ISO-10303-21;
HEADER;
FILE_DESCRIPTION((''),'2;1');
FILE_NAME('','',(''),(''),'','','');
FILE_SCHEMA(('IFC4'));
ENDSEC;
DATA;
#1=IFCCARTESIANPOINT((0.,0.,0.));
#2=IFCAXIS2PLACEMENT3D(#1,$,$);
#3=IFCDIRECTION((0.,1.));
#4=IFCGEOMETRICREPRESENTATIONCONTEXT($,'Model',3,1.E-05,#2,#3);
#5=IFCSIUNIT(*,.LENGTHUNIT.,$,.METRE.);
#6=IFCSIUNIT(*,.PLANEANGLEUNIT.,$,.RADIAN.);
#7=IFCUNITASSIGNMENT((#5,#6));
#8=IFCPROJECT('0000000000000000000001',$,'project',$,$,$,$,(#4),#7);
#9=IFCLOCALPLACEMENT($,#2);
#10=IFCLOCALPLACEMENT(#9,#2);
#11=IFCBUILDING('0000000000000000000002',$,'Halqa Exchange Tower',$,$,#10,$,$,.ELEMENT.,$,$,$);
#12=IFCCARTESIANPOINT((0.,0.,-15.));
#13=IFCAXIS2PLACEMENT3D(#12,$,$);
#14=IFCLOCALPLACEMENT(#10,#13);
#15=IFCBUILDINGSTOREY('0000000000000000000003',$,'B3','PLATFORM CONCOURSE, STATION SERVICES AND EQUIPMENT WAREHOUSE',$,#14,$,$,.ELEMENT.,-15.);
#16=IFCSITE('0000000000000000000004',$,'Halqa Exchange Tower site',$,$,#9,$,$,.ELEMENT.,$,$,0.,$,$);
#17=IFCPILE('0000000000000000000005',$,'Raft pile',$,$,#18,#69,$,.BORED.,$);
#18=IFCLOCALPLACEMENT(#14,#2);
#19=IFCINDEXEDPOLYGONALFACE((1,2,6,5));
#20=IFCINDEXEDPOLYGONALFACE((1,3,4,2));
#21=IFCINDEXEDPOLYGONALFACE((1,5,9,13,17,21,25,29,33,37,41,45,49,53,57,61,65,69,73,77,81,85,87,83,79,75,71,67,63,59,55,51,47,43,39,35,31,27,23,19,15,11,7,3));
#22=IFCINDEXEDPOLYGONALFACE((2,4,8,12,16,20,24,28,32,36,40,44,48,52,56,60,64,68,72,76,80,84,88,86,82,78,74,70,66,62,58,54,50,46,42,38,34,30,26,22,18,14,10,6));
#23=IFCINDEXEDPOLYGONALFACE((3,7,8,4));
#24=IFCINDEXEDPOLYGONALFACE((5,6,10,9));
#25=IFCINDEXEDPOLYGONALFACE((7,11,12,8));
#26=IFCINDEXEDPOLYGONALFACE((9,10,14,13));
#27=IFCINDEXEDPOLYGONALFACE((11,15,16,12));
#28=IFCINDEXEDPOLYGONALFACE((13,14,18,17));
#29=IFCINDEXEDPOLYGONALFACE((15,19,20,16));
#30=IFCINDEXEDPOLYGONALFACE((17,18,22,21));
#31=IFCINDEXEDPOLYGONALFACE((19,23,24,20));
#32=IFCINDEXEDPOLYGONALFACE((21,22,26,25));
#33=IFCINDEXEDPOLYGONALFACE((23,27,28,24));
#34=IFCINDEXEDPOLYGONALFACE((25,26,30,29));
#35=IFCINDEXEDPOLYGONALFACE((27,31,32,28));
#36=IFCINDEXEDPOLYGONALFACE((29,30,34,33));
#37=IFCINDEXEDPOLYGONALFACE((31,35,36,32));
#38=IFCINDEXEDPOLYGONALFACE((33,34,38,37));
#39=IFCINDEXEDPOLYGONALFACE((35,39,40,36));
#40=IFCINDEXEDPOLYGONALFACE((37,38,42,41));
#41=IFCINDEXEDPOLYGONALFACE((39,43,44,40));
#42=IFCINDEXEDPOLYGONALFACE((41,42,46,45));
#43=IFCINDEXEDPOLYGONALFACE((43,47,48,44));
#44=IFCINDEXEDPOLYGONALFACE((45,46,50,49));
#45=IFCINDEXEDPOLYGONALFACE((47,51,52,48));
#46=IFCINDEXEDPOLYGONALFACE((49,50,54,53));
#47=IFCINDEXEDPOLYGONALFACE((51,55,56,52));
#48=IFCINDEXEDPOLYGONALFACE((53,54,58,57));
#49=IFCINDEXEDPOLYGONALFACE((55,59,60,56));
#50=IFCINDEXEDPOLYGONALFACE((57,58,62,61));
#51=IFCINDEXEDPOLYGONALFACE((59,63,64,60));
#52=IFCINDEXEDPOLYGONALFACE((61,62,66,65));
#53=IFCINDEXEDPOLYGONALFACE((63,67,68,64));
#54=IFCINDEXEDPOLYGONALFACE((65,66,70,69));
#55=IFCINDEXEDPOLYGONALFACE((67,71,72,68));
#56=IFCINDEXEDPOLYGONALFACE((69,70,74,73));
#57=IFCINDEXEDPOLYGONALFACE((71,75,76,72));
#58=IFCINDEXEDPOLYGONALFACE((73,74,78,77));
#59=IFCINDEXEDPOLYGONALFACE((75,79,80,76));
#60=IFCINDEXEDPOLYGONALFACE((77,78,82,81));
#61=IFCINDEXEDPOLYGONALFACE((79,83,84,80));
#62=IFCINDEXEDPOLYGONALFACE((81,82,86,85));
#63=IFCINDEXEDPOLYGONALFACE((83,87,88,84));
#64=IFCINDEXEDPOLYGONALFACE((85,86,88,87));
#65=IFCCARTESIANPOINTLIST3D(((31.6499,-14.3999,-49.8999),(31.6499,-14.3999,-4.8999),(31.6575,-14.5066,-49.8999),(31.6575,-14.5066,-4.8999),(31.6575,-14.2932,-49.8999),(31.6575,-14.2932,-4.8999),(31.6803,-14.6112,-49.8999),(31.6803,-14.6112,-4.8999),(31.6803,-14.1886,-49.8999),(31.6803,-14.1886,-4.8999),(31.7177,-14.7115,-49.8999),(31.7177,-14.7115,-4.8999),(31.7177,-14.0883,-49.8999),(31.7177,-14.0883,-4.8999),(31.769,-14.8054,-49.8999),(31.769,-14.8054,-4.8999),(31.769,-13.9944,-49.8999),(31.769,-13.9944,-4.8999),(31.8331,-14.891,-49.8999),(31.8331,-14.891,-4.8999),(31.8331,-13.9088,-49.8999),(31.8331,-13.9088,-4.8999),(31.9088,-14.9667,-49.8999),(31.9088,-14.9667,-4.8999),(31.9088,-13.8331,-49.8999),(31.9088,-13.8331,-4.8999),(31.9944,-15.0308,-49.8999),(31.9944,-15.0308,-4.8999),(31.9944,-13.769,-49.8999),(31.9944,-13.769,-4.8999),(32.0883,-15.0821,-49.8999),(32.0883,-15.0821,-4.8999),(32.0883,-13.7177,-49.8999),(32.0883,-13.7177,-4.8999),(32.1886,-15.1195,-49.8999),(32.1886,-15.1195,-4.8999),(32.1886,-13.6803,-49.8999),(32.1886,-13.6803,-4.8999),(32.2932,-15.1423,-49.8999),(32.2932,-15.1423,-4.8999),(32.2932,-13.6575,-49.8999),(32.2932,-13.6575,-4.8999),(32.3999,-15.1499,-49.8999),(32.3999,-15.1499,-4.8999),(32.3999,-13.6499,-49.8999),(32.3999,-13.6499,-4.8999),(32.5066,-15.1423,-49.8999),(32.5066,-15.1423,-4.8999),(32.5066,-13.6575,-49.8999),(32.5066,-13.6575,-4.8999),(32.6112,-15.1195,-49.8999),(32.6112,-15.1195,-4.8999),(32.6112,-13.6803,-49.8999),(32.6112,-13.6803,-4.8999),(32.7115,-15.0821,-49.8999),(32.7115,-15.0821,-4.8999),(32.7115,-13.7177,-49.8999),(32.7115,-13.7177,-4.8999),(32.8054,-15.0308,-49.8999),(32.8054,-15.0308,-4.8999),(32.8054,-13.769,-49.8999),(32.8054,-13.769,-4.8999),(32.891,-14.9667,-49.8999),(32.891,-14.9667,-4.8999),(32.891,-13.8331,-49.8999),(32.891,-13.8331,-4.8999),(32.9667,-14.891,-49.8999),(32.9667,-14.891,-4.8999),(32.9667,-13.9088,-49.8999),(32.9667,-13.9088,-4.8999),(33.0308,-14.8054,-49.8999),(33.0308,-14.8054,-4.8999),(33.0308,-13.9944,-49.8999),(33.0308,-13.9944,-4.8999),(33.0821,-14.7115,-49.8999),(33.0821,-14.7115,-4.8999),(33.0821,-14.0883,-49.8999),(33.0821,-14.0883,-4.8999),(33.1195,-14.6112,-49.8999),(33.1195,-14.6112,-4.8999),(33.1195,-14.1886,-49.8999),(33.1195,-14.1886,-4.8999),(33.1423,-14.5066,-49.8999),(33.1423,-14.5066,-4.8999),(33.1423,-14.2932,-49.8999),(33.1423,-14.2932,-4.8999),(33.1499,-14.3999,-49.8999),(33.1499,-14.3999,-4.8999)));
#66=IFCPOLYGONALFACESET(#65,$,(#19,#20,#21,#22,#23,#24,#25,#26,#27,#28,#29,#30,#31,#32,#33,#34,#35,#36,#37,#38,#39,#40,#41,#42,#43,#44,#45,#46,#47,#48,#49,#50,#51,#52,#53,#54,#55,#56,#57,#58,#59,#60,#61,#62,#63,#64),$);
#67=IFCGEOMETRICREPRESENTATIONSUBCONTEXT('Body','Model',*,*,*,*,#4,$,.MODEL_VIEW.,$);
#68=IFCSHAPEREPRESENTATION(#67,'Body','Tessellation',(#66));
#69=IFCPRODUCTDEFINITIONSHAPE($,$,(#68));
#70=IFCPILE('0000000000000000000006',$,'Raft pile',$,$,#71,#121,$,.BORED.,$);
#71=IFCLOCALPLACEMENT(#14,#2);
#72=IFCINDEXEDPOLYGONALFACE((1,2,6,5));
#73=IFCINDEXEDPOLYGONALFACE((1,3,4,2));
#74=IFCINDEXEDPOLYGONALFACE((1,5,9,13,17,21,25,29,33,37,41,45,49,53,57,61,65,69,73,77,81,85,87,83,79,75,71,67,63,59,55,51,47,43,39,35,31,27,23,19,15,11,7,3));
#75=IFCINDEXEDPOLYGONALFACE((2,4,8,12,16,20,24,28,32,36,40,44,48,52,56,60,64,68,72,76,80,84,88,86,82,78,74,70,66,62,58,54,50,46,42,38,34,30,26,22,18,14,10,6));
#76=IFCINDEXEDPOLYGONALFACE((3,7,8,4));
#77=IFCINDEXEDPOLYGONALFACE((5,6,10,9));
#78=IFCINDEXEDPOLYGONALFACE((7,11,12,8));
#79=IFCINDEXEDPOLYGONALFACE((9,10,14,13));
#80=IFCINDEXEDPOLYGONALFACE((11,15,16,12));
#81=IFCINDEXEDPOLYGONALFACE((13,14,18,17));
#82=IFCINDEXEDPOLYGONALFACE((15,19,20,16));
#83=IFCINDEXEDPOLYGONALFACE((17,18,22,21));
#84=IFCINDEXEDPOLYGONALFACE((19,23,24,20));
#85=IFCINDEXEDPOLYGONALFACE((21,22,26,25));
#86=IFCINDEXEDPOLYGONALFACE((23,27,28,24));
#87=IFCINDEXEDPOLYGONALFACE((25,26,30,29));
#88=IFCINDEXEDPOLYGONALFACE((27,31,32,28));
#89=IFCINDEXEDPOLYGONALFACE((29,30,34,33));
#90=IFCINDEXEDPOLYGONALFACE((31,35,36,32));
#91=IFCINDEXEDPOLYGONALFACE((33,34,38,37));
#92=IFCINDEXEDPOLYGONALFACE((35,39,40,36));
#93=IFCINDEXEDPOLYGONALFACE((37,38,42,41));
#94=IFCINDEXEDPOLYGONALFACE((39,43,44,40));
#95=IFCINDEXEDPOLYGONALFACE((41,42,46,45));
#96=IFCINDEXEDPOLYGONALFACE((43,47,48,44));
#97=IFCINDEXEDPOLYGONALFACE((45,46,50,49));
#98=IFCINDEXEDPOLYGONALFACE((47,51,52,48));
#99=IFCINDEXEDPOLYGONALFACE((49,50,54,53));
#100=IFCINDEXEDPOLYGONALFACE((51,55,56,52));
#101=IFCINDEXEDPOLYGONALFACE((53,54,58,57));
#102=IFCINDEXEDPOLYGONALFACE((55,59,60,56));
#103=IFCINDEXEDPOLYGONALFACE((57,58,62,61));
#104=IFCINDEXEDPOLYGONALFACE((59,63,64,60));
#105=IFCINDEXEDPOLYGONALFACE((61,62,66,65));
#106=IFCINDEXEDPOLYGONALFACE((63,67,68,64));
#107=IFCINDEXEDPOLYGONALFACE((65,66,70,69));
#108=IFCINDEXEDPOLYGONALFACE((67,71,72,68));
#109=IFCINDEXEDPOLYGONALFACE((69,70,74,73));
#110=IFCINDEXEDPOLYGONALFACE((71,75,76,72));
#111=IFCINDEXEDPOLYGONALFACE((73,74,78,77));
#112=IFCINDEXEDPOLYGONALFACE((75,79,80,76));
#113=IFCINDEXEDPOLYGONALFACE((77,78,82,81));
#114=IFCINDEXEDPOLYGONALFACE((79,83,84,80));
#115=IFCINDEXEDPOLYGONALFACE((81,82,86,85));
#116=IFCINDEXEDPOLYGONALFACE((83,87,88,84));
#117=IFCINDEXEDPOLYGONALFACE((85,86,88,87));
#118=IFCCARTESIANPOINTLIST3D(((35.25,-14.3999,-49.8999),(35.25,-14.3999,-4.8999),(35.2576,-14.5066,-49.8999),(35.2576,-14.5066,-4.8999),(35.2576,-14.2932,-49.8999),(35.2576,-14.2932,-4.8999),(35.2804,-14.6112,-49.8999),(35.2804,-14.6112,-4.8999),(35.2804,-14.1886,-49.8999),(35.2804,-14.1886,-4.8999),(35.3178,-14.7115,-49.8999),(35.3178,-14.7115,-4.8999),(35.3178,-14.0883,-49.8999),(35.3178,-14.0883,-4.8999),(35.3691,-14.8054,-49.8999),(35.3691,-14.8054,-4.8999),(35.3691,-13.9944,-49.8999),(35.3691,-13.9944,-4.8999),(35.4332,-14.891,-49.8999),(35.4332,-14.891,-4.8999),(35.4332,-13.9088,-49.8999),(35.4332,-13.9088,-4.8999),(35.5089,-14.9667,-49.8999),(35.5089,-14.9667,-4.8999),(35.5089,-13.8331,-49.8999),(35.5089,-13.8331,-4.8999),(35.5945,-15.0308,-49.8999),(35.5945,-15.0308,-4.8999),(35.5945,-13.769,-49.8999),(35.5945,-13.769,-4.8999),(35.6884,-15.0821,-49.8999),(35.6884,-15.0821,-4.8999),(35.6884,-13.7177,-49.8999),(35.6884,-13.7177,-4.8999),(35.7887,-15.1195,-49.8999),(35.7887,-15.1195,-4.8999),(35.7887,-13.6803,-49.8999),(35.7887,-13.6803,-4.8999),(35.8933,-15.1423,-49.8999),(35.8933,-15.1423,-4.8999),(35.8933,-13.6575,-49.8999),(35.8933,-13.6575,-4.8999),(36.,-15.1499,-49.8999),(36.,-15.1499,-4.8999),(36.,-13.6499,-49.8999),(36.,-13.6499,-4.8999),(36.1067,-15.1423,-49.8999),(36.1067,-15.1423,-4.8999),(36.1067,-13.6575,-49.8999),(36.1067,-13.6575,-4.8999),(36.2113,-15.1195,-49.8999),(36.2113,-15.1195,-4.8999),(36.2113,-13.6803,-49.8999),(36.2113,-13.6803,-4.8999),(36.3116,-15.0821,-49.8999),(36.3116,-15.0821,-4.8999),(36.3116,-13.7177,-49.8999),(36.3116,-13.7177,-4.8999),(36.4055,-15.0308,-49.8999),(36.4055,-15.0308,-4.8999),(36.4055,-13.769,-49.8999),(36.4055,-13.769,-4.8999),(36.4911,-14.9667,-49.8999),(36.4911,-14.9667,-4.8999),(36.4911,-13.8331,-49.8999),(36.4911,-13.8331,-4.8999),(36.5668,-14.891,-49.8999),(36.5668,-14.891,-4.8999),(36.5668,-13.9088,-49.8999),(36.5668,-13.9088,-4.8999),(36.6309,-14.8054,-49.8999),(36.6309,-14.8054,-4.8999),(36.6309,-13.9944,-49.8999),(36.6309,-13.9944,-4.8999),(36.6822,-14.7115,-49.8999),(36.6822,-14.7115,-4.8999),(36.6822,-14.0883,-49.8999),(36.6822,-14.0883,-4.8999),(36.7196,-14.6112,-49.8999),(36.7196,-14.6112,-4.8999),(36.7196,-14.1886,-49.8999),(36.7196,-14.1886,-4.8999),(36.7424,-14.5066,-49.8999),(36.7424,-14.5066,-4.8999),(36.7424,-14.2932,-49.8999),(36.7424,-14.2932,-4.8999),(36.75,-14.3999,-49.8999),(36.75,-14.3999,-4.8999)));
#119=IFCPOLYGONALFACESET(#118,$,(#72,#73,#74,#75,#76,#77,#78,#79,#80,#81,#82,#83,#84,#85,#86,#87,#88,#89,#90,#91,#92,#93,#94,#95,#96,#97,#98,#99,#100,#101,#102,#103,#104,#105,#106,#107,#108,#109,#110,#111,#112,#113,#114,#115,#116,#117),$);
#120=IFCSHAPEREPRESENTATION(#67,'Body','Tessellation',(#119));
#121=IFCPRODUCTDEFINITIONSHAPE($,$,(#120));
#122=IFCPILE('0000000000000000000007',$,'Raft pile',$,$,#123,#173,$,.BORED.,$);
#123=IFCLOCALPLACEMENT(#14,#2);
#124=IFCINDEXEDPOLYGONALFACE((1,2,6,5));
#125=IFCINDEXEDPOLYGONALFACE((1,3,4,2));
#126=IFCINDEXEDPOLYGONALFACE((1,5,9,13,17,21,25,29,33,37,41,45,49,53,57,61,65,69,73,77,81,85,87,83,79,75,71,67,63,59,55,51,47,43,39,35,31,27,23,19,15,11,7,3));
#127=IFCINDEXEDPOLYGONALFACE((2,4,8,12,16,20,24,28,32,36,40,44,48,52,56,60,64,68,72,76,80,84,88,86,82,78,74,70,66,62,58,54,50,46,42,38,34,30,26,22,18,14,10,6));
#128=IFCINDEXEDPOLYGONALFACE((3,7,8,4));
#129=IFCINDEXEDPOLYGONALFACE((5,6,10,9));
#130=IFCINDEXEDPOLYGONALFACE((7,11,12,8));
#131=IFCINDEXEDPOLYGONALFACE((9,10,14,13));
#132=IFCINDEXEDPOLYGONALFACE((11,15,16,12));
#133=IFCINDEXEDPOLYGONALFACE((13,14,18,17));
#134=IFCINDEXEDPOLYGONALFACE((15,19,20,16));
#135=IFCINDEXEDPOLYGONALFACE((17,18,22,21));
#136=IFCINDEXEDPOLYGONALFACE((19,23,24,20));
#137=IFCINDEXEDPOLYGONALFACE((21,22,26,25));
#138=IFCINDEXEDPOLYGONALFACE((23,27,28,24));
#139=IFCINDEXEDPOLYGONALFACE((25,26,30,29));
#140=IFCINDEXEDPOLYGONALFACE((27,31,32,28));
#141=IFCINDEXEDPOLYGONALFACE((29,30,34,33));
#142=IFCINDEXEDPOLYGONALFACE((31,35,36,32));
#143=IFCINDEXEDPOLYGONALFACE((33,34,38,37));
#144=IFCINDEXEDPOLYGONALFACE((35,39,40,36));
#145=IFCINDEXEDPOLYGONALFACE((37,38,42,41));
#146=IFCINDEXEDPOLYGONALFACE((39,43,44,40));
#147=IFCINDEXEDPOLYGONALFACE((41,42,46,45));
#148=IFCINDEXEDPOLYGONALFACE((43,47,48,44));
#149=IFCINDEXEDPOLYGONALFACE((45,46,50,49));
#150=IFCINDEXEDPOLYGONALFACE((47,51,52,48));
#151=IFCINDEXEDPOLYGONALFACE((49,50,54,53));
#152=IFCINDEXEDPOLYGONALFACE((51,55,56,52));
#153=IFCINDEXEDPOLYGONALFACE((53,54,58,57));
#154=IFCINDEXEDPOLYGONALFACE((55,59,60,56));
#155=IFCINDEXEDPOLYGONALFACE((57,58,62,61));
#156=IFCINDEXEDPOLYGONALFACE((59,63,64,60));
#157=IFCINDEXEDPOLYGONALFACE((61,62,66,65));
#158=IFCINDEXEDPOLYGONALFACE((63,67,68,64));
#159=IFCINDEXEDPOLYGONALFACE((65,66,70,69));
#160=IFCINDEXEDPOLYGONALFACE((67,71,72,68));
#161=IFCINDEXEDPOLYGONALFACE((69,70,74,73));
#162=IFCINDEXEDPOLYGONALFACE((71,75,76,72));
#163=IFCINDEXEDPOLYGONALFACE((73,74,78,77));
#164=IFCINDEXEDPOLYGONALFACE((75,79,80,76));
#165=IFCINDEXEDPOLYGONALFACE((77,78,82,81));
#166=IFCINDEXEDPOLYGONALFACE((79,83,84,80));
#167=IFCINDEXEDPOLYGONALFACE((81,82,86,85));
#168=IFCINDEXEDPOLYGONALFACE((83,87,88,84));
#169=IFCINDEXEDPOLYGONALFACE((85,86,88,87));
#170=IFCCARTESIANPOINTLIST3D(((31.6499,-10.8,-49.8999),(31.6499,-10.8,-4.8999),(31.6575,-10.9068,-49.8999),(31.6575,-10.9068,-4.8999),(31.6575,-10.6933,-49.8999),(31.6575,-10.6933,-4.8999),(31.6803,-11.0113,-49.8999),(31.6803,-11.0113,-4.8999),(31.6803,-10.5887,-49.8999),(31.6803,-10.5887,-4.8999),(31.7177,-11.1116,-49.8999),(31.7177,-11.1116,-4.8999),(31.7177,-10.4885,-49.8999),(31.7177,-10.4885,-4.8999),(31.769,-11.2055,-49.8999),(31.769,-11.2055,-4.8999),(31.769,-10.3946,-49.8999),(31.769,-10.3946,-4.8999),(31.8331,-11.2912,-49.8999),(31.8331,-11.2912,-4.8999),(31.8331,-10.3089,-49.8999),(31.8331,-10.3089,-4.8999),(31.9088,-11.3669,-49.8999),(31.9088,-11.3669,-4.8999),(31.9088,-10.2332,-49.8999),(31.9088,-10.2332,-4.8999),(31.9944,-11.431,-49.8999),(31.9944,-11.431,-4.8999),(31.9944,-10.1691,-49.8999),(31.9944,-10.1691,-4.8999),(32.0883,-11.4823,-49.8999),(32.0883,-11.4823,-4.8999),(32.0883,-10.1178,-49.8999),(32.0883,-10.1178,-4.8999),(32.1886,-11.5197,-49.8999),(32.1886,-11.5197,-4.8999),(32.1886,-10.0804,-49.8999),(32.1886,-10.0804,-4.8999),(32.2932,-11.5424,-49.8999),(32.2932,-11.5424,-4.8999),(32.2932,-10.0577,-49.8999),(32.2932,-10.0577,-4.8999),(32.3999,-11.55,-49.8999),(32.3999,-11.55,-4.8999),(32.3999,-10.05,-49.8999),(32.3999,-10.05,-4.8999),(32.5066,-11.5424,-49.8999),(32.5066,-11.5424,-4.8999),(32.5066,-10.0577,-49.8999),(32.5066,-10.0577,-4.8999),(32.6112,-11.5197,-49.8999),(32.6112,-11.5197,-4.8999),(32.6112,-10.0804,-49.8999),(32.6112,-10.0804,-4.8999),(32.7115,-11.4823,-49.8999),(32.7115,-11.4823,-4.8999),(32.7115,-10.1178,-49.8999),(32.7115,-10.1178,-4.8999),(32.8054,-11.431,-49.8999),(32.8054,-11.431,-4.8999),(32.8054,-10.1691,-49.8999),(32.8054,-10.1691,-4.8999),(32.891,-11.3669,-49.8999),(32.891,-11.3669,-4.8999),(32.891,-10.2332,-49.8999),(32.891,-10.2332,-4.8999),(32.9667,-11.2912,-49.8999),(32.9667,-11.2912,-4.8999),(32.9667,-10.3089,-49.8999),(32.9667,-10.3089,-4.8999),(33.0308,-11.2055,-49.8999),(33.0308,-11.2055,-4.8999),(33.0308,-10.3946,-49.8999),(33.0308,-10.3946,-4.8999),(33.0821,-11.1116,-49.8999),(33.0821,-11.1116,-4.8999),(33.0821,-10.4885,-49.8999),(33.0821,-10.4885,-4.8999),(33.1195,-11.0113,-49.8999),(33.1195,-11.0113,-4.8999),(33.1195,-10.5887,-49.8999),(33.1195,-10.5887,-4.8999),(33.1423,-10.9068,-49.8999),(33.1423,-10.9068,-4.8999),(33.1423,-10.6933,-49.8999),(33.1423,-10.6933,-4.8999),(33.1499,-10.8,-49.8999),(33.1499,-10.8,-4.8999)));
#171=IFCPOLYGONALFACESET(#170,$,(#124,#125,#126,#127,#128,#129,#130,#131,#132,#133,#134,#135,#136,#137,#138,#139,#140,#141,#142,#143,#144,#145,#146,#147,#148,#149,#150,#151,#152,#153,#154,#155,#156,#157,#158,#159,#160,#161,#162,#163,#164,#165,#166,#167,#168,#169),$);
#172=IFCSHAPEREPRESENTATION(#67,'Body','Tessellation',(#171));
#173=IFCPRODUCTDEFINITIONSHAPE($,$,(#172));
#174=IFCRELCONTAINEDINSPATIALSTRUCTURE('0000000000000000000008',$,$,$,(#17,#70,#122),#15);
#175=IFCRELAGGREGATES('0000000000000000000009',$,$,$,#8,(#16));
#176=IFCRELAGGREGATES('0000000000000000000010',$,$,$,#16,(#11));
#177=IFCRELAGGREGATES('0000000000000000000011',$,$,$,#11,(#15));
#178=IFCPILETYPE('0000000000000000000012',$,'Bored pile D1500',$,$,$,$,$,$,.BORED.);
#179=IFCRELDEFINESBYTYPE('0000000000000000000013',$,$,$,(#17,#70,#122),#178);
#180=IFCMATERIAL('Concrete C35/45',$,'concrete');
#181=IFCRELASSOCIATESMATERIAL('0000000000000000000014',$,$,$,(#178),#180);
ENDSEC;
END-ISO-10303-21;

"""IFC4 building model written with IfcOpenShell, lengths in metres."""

from ifc_helpers import new_model, si_unit, direction, frame, origin, origin_2d, place, context, subcontext, project, spatial, circle, extrude, material, material_profile, profile_set, type_object, element, save


model = new_model("IFC4")

# Units and contexts
model_context = context("Model", 3, precision=1e-05, world=origin(), true_north=direction((0.0, 1.0)))
body_context = subcontext(model_context, "Body", "Model", "MODEL_VIEW")
ifc_project = project(units=[si_unit("LENGTHUNIT", "METRE"), si_unit("PLANEANGLEUNIT", "RADIAN")], contexts=[model_context])

# Site, building, storey
site_placement = place(None, origin())
site = spatial("IfcSite", under=ifc_project, at=site_placement, Name="Halqa Exchange Tower site", CompositionType="ELEMENT", RefElevation=0.0)
building_placement = place(site_placement, origin())
building = spatial("IfcBuilding", under=site, at=building_placement, Name="Halqa Exchange Tower", CompositionType="ELEMENT")
storey_placement = place(building_placement, frame((0.0, 0.0, -15.0)))
storey = spatial("IfcBuildingStorey", under=building, at=storey_placement, Name="B3", Description="PLATFORM CONCOURSE, STATION SERVICES AND EQUIPMENT WAREHOUSE", CompositionType="ELEMENT", Elevation=-15.0)

# Piles
ifc_material_1 = material(Name="Concrete C35/45", Category="concrete")
ifc_material_profile_1 = material_profile(ifc_material_1, circle(Radius=0.75, at=origin_2d()), Name="D1500")
ifc_profile_set_1 = profile_set([ifc_material_profile_1], Name="Concrete C35/45")
pile_type_1 = type_object("IfcPileType", Name="Bored pile D1500", PredefinedType="BORED", material=ifc_profile_set_1)
for number, where, z_axis, x_axis, name in (
    (1, (32.3999, -14.3999, -4.8999), (0.0, 0.0, -1.0), (1.0, 0.0, 0.0), "Raft pile"),
    (2, (36.0, -14.3999, -4.8999), (0.0, 0.0, -1.0), (1.0, 0.0, 0.0), "Raft pile"),
    (3, (32.3999, -10.8, -4.8999), (0.0, 0.0, -1.0), (1.0, 0.0, 0.0), "Raft pile"),
):
    element("IfcPile", number, at=place(storey_placement, frame(where, z_axis=z_axis, x_axis=x_axis)), inside=storey, type_object=pile_type_1, Name=name, PredefinedType="BORED", context=body_context, shape_type="SweptSolid", body=[
        extrude(circle(Radius=0.75, at=origin_2d()), origin(), (0.0, 0.0, 1.0), 45.0),
    ])

save(model, "model.ifc")
